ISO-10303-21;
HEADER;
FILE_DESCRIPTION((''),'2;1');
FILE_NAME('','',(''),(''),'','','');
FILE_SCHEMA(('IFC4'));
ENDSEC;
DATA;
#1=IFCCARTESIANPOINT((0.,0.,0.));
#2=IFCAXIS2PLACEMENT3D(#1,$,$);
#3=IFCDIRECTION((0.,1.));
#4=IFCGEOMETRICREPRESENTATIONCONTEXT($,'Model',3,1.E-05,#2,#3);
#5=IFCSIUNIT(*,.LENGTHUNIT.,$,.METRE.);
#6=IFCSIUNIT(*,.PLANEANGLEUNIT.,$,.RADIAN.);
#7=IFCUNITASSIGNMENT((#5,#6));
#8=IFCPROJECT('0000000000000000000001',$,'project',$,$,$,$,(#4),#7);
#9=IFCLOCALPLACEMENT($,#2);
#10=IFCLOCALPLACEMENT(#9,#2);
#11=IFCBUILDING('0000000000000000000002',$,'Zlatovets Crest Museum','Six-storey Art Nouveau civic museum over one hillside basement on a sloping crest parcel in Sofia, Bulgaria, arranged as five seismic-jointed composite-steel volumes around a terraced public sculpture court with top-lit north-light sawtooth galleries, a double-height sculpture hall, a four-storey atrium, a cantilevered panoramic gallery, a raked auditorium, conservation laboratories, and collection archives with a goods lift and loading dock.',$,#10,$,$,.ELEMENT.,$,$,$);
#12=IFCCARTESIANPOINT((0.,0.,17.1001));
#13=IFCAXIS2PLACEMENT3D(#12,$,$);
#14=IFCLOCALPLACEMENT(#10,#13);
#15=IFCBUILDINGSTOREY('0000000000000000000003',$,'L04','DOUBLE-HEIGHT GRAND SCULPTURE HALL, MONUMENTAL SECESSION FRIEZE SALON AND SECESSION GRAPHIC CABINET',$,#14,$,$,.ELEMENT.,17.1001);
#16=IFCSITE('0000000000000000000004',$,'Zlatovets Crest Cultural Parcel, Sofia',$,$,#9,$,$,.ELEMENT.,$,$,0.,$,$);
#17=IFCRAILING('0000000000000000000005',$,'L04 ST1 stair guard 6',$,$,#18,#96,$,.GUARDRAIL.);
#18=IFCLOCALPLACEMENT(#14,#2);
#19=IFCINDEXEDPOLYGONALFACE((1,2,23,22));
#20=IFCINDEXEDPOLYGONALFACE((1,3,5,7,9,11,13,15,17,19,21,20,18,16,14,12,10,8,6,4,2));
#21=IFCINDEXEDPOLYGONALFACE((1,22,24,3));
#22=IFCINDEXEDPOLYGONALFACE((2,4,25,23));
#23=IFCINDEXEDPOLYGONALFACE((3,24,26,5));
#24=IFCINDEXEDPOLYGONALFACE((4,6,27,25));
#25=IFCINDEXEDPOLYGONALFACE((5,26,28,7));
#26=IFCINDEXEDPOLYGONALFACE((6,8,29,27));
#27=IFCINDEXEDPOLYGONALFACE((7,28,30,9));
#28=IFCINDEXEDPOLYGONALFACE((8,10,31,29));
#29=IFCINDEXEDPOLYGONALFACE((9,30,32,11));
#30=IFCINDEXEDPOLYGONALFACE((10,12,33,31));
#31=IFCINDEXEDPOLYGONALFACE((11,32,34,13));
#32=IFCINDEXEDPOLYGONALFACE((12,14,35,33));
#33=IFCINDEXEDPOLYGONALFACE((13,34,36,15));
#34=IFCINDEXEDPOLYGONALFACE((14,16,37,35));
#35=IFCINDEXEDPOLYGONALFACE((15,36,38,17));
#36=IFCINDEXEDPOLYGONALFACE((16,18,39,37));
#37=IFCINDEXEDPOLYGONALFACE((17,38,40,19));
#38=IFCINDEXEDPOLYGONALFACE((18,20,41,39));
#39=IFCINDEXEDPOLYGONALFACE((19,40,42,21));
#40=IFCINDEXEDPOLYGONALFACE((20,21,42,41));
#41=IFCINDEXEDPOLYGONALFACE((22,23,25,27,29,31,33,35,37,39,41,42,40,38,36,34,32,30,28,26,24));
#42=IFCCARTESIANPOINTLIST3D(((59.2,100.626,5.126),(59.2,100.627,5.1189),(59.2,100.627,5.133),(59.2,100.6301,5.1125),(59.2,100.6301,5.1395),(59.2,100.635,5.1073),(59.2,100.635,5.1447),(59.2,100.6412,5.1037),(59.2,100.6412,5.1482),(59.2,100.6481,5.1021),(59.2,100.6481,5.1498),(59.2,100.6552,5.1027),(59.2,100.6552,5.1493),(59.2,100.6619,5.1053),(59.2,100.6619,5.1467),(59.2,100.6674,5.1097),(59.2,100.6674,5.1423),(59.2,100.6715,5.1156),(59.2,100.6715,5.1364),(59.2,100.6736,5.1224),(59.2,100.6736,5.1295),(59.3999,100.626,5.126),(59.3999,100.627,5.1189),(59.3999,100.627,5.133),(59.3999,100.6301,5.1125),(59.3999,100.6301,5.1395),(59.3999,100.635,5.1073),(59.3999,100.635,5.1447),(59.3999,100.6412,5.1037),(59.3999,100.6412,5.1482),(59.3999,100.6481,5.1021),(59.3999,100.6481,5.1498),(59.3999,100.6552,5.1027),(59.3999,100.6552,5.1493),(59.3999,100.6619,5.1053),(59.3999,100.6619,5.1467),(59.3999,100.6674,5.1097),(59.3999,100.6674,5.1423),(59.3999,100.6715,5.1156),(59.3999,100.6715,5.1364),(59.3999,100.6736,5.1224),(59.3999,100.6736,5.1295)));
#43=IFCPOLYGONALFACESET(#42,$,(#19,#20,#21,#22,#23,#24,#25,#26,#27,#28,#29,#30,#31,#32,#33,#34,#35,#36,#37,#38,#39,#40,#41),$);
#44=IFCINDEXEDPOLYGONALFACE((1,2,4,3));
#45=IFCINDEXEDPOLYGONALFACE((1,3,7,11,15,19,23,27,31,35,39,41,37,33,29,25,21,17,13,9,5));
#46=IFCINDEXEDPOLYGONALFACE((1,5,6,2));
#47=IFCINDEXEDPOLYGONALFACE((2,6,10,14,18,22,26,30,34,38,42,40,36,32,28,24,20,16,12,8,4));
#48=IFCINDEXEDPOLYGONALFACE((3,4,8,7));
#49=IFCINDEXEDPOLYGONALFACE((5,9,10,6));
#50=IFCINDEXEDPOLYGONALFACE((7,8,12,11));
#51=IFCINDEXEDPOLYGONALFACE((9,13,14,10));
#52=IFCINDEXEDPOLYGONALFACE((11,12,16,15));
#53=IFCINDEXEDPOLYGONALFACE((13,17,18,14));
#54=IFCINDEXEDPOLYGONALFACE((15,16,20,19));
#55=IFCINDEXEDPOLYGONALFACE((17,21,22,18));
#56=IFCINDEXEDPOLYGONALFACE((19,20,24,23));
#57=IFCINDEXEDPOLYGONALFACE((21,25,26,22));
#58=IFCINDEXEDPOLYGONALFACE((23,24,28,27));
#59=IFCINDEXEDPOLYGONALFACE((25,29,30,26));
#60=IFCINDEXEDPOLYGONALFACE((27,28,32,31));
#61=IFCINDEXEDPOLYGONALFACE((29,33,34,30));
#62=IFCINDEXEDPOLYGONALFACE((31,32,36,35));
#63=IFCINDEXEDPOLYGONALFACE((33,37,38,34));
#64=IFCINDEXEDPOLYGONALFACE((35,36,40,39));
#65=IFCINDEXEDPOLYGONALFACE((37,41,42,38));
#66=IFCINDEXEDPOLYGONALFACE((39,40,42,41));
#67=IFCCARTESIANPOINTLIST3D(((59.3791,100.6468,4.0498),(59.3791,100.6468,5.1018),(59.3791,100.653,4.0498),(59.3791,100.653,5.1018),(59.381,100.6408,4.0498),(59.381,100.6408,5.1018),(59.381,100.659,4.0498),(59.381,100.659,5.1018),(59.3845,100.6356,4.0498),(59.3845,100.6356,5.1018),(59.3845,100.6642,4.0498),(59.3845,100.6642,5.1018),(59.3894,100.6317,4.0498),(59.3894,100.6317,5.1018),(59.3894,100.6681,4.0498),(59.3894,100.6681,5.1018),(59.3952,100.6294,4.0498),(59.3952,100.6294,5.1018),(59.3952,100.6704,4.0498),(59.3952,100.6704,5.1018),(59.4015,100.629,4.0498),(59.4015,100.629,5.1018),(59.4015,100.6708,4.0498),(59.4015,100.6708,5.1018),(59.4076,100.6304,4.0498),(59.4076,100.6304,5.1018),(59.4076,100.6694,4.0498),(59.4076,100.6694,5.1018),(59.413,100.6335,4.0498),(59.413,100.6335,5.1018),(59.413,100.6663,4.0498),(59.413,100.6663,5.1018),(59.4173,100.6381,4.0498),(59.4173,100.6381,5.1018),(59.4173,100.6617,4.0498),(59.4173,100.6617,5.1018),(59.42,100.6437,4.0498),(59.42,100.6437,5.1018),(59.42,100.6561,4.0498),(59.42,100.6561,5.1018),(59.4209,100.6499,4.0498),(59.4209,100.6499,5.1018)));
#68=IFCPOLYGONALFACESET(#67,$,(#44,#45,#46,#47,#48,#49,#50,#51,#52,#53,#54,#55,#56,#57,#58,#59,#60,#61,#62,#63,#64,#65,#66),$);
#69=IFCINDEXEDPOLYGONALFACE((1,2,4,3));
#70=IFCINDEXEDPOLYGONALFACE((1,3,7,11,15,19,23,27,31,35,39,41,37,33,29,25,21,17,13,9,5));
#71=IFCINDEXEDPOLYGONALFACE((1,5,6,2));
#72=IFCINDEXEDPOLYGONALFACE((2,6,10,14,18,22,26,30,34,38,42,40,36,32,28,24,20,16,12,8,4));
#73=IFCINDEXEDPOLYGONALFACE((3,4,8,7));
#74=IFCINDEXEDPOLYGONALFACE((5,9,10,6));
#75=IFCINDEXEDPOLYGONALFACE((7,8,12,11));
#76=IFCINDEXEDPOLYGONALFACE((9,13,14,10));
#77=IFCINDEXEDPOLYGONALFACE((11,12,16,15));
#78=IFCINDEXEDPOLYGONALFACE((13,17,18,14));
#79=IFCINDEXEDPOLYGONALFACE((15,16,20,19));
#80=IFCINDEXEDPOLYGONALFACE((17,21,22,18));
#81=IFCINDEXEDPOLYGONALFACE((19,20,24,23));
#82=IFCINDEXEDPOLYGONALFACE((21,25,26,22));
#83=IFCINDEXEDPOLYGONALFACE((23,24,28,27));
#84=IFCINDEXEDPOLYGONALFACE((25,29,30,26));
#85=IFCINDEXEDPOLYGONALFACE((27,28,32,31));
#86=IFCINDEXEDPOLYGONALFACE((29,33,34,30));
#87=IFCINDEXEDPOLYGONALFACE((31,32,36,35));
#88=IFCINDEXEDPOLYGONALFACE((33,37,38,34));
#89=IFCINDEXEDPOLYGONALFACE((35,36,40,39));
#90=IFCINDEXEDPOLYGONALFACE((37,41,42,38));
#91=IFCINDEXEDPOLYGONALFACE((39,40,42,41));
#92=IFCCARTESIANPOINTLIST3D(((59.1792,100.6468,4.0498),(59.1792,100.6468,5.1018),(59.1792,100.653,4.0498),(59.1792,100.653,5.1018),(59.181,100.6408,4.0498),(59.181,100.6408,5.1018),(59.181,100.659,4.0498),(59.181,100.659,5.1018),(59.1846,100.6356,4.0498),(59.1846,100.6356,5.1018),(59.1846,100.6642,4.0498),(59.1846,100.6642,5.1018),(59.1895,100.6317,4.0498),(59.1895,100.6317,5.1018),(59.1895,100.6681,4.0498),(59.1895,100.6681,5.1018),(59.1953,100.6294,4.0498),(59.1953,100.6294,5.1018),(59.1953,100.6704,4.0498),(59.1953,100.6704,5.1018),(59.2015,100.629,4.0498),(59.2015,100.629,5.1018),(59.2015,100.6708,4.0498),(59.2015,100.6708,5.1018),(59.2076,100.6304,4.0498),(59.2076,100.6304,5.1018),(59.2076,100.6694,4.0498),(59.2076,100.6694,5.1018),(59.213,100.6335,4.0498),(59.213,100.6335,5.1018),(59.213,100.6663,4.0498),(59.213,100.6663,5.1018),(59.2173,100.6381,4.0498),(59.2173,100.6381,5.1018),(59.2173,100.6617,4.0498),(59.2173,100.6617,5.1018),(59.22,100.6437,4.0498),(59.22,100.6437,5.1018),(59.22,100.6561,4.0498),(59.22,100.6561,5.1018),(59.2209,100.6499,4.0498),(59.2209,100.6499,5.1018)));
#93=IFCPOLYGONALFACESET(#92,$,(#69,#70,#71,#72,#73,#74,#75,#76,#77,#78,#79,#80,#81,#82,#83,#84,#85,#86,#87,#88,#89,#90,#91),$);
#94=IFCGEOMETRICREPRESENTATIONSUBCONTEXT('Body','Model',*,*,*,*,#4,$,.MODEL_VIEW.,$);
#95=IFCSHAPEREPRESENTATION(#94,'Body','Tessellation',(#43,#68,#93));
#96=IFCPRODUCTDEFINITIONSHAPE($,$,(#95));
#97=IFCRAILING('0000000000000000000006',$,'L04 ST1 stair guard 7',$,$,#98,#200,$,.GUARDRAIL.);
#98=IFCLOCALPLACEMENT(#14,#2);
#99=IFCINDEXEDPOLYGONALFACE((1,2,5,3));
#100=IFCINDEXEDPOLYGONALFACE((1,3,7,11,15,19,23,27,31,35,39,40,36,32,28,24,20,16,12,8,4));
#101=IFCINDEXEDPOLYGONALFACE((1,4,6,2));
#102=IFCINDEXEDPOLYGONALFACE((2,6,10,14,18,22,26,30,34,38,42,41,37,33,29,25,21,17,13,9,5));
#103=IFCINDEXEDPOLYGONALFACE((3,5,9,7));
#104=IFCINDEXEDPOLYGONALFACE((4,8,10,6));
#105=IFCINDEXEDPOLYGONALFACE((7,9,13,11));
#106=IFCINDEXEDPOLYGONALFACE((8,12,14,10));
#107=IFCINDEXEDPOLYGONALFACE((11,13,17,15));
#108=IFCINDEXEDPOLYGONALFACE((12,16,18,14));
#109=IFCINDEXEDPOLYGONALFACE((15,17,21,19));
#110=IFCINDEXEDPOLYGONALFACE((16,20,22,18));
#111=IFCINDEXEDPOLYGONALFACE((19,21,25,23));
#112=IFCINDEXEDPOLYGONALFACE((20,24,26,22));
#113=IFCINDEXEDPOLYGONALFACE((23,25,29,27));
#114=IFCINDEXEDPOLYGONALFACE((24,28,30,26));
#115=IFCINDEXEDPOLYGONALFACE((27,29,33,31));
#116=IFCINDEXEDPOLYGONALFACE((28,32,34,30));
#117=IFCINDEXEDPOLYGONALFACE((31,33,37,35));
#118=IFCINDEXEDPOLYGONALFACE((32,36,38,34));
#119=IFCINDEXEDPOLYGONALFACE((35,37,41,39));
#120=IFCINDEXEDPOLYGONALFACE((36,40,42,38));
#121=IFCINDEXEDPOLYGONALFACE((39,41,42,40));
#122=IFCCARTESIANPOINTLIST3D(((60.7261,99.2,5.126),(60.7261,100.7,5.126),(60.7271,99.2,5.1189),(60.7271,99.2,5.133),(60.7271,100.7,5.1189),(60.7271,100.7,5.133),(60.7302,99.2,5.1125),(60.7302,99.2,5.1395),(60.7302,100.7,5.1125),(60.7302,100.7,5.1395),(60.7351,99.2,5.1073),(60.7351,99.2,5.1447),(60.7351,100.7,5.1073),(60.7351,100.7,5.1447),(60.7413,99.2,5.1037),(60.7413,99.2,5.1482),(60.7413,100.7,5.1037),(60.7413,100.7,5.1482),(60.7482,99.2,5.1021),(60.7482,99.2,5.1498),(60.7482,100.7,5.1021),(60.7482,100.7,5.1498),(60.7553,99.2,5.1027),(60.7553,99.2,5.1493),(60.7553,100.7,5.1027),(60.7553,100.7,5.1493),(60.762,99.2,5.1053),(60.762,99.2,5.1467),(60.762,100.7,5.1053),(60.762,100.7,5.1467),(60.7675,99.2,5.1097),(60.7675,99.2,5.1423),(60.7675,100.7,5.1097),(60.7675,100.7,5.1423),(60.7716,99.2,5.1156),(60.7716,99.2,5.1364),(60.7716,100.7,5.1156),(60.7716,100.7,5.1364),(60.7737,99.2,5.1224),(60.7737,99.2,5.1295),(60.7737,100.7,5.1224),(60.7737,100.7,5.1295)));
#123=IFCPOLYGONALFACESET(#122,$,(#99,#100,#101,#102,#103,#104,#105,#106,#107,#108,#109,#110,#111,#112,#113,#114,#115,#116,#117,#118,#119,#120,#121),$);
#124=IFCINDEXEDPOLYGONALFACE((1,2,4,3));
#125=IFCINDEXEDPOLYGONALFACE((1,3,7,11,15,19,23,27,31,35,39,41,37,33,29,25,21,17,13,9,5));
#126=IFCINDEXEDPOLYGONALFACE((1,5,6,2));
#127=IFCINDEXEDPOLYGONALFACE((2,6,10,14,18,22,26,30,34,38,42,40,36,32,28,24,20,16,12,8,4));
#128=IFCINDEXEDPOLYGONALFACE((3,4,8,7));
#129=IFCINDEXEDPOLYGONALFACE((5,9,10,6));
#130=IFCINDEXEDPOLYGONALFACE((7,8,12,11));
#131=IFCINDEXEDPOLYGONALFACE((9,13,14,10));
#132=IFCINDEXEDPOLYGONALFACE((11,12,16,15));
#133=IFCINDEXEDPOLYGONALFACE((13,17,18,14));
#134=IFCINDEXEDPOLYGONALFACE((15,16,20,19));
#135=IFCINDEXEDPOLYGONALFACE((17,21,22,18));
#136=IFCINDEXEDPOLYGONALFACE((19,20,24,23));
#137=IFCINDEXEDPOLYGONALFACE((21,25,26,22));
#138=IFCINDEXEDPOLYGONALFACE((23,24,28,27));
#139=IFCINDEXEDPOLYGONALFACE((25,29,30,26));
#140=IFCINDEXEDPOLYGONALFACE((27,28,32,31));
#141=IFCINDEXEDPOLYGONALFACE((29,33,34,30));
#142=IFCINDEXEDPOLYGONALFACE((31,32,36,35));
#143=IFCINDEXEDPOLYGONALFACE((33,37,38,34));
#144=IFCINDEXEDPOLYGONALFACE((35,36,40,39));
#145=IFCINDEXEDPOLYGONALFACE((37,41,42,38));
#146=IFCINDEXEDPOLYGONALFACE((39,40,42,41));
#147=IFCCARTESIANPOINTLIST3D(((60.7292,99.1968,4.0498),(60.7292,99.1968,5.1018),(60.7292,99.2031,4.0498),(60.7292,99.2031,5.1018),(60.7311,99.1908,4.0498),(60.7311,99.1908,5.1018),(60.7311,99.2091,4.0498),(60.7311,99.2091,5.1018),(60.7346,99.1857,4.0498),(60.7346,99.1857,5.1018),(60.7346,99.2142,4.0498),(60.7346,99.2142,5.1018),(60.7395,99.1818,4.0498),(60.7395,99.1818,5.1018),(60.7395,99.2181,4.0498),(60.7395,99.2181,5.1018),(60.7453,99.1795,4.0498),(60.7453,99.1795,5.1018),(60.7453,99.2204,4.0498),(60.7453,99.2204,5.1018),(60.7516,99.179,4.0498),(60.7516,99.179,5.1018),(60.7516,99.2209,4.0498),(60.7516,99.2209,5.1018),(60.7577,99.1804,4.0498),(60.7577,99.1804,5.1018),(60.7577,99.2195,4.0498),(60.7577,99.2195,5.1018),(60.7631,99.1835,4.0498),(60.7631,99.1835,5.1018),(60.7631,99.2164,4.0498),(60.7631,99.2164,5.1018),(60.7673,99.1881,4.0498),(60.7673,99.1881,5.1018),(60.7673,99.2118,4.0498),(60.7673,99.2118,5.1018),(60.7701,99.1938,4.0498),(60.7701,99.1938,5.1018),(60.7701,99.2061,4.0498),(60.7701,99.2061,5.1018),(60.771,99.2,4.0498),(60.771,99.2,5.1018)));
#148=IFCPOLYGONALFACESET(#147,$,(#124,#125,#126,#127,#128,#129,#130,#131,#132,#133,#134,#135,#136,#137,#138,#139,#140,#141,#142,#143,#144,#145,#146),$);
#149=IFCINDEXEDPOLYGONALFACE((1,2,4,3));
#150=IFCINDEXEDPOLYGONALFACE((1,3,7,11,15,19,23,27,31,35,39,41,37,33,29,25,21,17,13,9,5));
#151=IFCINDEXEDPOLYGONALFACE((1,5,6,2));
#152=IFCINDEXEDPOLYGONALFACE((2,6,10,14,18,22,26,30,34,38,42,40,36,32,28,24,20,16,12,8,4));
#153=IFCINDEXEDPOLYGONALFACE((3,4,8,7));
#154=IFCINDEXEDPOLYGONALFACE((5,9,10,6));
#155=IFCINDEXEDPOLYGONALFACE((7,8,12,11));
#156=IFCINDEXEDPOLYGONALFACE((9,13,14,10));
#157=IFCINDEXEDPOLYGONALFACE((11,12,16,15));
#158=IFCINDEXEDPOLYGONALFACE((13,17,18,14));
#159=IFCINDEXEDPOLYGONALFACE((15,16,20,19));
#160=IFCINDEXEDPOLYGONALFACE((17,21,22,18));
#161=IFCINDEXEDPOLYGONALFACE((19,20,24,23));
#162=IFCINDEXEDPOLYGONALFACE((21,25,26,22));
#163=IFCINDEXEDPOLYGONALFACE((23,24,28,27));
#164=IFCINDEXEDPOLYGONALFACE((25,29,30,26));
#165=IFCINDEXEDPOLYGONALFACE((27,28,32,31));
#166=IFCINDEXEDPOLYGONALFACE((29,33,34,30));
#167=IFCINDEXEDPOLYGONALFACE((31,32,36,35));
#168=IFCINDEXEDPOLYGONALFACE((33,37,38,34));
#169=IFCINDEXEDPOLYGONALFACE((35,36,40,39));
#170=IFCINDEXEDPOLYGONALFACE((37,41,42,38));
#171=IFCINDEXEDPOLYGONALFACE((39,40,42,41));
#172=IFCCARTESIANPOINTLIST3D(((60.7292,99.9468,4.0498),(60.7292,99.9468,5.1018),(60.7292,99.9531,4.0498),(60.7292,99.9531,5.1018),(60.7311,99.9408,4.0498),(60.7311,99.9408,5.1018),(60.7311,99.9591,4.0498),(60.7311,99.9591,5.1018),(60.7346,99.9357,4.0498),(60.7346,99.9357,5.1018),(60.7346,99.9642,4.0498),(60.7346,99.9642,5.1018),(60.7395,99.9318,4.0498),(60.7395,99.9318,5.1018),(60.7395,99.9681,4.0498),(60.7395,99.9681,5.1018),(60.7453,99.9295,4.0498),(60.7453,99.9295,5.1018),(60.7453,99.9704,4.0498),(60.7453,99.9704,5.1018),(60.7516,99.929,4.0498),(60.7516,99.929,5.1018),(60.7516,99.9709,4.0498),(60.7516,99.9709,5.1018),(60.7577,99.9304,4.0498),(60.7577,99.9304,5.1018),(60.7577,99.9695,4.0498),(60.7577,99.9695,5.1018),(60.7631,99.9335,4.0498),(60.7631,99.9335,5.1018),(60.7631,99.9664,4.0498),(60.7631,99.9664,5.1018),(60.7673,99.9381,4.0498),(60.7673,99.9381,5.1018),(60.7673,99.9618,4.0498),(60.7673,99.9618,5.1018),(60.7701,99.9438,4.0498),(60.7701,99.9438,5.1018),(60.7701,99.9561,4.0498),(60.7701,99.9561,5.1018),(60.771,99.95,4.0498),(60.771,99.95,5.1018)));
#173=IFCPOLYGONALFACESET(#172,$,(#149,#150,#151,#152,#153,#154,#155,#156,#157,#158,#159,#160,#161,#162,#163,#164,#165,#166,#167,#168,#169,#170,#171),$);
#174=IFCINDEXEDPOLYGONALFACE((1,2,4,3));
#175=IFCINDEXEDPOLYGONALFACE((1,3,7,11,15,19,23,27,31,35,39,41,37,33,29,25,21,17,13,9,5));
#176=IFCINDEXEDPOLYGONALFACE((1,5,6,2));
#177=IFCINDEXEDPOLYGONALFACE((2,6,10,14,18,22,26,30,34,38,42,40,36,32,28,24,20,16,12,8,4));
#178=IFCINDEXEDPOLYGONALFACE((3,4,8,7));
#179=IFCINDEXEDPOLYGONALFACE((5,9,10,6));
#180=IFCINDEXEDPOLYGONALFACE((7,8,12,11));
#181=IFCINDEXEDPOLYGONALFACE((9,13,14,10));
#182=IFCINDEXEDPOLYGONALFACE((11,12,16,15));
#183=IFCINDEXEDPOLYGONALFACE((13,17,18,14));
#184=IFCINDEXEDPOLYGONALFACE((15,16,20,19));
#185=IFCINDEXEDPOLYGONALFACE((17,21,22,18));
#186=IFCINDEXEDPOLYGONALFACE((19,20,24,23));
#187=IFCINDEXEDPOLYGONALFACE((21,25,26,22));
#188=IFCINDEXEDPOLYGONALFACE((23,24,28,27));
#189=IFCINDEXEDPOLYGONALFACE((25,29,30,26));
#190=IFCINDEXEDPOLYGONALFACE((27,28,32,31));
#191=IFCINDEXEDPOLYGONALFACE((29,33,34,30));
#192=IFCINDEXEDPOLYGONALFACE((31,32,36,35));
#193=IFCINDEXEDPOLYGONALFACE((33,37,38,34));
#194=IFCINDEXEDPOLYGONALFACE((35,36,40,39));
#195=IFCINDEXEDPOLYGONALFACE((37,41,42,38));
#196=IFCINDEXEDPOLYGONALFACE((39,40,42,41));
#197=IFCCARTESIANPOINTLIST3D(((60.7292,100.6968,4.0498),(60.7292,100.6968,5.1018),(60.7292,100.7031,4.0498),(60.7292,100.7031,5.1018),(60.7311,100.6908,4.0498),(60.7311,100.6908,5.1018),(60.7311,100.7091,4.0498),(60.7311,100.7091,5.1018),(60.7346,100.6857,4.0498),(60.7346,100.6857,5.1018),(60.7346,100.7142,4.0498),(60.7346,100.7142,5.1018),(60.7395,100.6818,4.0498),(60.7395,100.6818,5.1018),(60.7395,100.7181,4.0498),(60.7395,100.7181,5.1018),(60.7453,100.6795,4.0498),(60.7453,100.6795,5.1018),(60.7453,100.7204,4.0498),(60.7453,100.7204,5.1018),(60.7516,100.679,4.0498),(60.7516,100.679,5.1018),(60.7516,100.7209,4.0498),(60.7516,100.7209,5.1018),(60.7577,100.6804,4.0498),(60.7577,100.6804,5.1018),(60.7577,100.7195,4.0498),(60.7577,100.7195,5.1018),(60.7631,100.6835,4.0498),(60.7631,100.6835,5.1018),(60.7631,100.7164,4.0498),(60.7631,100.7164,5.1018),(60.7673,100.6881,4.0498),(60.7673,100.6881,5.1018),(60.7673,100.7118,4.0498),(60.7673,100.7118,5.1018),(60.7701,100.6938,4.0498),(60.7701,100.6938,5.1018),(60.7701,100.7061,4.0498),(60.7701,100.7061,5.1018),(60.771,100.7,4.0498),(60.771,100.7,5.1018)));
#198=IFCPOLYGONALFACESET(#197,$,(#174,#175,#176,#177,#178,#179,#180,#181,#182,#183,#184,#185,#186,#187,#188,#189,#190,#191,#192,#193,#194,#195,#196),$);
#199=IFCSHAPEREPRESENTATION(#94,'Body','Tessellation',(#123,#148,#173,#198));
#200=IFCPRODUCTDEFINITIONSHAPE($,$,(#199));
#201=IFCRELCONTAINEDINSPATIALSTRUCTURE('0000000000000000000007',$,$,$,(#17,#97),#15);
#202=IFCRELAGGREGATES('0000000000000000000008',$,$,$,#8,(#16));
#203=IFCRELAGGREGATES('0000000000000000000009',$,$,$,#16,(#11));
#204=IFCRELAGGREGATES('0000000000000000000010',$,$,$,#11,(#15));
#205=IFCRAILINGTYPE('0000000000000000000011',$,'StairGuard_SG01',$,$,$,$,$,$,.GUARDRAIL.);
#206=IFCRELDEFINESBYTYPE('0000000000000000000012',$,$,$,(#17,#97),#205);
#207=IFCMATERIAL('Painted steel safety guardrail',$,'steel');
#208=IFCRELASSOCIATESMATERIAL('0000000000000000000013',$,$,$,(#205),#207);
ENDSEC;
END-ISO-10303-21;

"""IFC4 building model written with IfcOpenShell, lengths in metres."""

from ifc_helpers import new_model, si_unit, direction, frame, origin, origin_2d, place, context, subcontext, project, spatial, circle, extrude, material, type_object, element, save


model = new_model("IFC4")

# Units and contexts
model_context = context("Model", 3, precision=1e-05, world=origin(), true_north=direction((0.0, 1.0)))
body_context = subcontext(model_context, "Body", "Model", "MODEL_VIEW")
ifc_project = project(units=[si_unit("LENGTHUNIT", "METRE"), si_unit("PLANEANGLEUNIT", "RADIAN")], contexts=[model_context])

# Site, building, storey
site_placement = place(None, origin())
site = spatial("IfcSite", under=ifc_project, at=site_placement, Name="Zlatovets Crest Cultural Parcel, Sofia", CompositionType="ELEMENT", RefElevation=0.0)
building_placement = place(site_placement, origin())
building = spatial("IfcBuilding", under=site, at=building_placement, Name="Zlatovets Crest Museum", Description="Six-storey Art Nouveau civic museum over one hillside basement on a sloping crest parcel in Sofia, Bulgaria, arranged as five seismic-jointed composite-steel volumes around a terraced public sculpture court with top-lit north-light sawtooth galleries, a double-height sculpture hall, a four-storey atrium, a cantilevered panoramic gallery, a raked auditorium, conservation laboratories, and collection archives with a goods lift and loading dock.", CompositionType="ELEMENT")
storey_placement = place(building_placement, frame((0.0, 0.0, 17.1001)))
storey = spatial("IfcBuildingStorey", under=building, at=storey_placement, Name="L04", Description="DOUBLE-HEIGHT GRAND SCULPTURE HALL, MONUMENTAL SECESSION FRIEZE SALON AND SECESSION GRAPHIC CABINET", CompositionType="ELEMENT", Elevation=17.1001)

# Railings
ifc_material_1 = material(Name="Painted steel safety guardrail", Category="steel")
railing_type = type_object("IfcRailingType", Name="StairGuard_SG01", PredefinedType="GUARDRAIL", material=ifc_material_1)
railing_1_placement = place(storey_placement, frame((59.3999, 100.6499, 4.0498)))
element("IfcRailing", 1, at=railing_1_placement, inside=storey, type_object=railing_type, Name="L04 ST1 stair guard 6", PredefinedType="GUARDRAIL", context=body_context, shape_type="SweptSolid", body=[
    extrude(circle(Radius=0.0239, at=origin_2d()), frame((0.0, 0.0, 1.0762), z_axis=(-1.0, 0.0, 0.0), x_axis=(0.0, -1.0, 0.0)), (0.0, 0.0, 1.0), 0.2),
    extrude(circle(Radius=0.021, at=origin_2d()), origin(), (0.0, 0.0, 1.0), 1.052),
    extrude(circle(Radius=0.021, at=origin_2d()), frame((-0.2, 0.0, 0.0)), (0.0, 0.0, 1.0), 1.052),
])
for number, where, name in (
    (2, (60.75, 99.2, 4.0498), "L04 ST1 stair guard 7"),
):
    element("IfcRailing", number, at=place(storey_placement, frame(where)), inside=storey, type_object=railing_type, Name=name, PredefinedType="GUARDRAIL", context=body_context, shape_type="SweptSolid", body=[
        extrude(circle(Radius=0.0239, at=origin_2d()), frame((0.0, 0.0, 1.0762), z_axis=(0.0, 1.0, 0.0), x_axis=(-1.0, 0.0, 0.0)), (0.0, 0.0, 1.0), 1.5),
        extrude(circle(Radius=0.021, at=origin_2d()), origin(), (0.0, 0.0, 1.0), 1.052),
        extrude(circle(Radius=0.021, at=origin_2d()), frame((0.0, 0.75, 0.0)), (0.0, 0.0, 1.0), 1.052),
        extrude(circle(Radius=0.021, at=origin_2d()), frame((0.0, 1.5, 0.0)), (0.0, 0.0, 1.0), 1.052),
    ])

save(model, "model.ifc")
